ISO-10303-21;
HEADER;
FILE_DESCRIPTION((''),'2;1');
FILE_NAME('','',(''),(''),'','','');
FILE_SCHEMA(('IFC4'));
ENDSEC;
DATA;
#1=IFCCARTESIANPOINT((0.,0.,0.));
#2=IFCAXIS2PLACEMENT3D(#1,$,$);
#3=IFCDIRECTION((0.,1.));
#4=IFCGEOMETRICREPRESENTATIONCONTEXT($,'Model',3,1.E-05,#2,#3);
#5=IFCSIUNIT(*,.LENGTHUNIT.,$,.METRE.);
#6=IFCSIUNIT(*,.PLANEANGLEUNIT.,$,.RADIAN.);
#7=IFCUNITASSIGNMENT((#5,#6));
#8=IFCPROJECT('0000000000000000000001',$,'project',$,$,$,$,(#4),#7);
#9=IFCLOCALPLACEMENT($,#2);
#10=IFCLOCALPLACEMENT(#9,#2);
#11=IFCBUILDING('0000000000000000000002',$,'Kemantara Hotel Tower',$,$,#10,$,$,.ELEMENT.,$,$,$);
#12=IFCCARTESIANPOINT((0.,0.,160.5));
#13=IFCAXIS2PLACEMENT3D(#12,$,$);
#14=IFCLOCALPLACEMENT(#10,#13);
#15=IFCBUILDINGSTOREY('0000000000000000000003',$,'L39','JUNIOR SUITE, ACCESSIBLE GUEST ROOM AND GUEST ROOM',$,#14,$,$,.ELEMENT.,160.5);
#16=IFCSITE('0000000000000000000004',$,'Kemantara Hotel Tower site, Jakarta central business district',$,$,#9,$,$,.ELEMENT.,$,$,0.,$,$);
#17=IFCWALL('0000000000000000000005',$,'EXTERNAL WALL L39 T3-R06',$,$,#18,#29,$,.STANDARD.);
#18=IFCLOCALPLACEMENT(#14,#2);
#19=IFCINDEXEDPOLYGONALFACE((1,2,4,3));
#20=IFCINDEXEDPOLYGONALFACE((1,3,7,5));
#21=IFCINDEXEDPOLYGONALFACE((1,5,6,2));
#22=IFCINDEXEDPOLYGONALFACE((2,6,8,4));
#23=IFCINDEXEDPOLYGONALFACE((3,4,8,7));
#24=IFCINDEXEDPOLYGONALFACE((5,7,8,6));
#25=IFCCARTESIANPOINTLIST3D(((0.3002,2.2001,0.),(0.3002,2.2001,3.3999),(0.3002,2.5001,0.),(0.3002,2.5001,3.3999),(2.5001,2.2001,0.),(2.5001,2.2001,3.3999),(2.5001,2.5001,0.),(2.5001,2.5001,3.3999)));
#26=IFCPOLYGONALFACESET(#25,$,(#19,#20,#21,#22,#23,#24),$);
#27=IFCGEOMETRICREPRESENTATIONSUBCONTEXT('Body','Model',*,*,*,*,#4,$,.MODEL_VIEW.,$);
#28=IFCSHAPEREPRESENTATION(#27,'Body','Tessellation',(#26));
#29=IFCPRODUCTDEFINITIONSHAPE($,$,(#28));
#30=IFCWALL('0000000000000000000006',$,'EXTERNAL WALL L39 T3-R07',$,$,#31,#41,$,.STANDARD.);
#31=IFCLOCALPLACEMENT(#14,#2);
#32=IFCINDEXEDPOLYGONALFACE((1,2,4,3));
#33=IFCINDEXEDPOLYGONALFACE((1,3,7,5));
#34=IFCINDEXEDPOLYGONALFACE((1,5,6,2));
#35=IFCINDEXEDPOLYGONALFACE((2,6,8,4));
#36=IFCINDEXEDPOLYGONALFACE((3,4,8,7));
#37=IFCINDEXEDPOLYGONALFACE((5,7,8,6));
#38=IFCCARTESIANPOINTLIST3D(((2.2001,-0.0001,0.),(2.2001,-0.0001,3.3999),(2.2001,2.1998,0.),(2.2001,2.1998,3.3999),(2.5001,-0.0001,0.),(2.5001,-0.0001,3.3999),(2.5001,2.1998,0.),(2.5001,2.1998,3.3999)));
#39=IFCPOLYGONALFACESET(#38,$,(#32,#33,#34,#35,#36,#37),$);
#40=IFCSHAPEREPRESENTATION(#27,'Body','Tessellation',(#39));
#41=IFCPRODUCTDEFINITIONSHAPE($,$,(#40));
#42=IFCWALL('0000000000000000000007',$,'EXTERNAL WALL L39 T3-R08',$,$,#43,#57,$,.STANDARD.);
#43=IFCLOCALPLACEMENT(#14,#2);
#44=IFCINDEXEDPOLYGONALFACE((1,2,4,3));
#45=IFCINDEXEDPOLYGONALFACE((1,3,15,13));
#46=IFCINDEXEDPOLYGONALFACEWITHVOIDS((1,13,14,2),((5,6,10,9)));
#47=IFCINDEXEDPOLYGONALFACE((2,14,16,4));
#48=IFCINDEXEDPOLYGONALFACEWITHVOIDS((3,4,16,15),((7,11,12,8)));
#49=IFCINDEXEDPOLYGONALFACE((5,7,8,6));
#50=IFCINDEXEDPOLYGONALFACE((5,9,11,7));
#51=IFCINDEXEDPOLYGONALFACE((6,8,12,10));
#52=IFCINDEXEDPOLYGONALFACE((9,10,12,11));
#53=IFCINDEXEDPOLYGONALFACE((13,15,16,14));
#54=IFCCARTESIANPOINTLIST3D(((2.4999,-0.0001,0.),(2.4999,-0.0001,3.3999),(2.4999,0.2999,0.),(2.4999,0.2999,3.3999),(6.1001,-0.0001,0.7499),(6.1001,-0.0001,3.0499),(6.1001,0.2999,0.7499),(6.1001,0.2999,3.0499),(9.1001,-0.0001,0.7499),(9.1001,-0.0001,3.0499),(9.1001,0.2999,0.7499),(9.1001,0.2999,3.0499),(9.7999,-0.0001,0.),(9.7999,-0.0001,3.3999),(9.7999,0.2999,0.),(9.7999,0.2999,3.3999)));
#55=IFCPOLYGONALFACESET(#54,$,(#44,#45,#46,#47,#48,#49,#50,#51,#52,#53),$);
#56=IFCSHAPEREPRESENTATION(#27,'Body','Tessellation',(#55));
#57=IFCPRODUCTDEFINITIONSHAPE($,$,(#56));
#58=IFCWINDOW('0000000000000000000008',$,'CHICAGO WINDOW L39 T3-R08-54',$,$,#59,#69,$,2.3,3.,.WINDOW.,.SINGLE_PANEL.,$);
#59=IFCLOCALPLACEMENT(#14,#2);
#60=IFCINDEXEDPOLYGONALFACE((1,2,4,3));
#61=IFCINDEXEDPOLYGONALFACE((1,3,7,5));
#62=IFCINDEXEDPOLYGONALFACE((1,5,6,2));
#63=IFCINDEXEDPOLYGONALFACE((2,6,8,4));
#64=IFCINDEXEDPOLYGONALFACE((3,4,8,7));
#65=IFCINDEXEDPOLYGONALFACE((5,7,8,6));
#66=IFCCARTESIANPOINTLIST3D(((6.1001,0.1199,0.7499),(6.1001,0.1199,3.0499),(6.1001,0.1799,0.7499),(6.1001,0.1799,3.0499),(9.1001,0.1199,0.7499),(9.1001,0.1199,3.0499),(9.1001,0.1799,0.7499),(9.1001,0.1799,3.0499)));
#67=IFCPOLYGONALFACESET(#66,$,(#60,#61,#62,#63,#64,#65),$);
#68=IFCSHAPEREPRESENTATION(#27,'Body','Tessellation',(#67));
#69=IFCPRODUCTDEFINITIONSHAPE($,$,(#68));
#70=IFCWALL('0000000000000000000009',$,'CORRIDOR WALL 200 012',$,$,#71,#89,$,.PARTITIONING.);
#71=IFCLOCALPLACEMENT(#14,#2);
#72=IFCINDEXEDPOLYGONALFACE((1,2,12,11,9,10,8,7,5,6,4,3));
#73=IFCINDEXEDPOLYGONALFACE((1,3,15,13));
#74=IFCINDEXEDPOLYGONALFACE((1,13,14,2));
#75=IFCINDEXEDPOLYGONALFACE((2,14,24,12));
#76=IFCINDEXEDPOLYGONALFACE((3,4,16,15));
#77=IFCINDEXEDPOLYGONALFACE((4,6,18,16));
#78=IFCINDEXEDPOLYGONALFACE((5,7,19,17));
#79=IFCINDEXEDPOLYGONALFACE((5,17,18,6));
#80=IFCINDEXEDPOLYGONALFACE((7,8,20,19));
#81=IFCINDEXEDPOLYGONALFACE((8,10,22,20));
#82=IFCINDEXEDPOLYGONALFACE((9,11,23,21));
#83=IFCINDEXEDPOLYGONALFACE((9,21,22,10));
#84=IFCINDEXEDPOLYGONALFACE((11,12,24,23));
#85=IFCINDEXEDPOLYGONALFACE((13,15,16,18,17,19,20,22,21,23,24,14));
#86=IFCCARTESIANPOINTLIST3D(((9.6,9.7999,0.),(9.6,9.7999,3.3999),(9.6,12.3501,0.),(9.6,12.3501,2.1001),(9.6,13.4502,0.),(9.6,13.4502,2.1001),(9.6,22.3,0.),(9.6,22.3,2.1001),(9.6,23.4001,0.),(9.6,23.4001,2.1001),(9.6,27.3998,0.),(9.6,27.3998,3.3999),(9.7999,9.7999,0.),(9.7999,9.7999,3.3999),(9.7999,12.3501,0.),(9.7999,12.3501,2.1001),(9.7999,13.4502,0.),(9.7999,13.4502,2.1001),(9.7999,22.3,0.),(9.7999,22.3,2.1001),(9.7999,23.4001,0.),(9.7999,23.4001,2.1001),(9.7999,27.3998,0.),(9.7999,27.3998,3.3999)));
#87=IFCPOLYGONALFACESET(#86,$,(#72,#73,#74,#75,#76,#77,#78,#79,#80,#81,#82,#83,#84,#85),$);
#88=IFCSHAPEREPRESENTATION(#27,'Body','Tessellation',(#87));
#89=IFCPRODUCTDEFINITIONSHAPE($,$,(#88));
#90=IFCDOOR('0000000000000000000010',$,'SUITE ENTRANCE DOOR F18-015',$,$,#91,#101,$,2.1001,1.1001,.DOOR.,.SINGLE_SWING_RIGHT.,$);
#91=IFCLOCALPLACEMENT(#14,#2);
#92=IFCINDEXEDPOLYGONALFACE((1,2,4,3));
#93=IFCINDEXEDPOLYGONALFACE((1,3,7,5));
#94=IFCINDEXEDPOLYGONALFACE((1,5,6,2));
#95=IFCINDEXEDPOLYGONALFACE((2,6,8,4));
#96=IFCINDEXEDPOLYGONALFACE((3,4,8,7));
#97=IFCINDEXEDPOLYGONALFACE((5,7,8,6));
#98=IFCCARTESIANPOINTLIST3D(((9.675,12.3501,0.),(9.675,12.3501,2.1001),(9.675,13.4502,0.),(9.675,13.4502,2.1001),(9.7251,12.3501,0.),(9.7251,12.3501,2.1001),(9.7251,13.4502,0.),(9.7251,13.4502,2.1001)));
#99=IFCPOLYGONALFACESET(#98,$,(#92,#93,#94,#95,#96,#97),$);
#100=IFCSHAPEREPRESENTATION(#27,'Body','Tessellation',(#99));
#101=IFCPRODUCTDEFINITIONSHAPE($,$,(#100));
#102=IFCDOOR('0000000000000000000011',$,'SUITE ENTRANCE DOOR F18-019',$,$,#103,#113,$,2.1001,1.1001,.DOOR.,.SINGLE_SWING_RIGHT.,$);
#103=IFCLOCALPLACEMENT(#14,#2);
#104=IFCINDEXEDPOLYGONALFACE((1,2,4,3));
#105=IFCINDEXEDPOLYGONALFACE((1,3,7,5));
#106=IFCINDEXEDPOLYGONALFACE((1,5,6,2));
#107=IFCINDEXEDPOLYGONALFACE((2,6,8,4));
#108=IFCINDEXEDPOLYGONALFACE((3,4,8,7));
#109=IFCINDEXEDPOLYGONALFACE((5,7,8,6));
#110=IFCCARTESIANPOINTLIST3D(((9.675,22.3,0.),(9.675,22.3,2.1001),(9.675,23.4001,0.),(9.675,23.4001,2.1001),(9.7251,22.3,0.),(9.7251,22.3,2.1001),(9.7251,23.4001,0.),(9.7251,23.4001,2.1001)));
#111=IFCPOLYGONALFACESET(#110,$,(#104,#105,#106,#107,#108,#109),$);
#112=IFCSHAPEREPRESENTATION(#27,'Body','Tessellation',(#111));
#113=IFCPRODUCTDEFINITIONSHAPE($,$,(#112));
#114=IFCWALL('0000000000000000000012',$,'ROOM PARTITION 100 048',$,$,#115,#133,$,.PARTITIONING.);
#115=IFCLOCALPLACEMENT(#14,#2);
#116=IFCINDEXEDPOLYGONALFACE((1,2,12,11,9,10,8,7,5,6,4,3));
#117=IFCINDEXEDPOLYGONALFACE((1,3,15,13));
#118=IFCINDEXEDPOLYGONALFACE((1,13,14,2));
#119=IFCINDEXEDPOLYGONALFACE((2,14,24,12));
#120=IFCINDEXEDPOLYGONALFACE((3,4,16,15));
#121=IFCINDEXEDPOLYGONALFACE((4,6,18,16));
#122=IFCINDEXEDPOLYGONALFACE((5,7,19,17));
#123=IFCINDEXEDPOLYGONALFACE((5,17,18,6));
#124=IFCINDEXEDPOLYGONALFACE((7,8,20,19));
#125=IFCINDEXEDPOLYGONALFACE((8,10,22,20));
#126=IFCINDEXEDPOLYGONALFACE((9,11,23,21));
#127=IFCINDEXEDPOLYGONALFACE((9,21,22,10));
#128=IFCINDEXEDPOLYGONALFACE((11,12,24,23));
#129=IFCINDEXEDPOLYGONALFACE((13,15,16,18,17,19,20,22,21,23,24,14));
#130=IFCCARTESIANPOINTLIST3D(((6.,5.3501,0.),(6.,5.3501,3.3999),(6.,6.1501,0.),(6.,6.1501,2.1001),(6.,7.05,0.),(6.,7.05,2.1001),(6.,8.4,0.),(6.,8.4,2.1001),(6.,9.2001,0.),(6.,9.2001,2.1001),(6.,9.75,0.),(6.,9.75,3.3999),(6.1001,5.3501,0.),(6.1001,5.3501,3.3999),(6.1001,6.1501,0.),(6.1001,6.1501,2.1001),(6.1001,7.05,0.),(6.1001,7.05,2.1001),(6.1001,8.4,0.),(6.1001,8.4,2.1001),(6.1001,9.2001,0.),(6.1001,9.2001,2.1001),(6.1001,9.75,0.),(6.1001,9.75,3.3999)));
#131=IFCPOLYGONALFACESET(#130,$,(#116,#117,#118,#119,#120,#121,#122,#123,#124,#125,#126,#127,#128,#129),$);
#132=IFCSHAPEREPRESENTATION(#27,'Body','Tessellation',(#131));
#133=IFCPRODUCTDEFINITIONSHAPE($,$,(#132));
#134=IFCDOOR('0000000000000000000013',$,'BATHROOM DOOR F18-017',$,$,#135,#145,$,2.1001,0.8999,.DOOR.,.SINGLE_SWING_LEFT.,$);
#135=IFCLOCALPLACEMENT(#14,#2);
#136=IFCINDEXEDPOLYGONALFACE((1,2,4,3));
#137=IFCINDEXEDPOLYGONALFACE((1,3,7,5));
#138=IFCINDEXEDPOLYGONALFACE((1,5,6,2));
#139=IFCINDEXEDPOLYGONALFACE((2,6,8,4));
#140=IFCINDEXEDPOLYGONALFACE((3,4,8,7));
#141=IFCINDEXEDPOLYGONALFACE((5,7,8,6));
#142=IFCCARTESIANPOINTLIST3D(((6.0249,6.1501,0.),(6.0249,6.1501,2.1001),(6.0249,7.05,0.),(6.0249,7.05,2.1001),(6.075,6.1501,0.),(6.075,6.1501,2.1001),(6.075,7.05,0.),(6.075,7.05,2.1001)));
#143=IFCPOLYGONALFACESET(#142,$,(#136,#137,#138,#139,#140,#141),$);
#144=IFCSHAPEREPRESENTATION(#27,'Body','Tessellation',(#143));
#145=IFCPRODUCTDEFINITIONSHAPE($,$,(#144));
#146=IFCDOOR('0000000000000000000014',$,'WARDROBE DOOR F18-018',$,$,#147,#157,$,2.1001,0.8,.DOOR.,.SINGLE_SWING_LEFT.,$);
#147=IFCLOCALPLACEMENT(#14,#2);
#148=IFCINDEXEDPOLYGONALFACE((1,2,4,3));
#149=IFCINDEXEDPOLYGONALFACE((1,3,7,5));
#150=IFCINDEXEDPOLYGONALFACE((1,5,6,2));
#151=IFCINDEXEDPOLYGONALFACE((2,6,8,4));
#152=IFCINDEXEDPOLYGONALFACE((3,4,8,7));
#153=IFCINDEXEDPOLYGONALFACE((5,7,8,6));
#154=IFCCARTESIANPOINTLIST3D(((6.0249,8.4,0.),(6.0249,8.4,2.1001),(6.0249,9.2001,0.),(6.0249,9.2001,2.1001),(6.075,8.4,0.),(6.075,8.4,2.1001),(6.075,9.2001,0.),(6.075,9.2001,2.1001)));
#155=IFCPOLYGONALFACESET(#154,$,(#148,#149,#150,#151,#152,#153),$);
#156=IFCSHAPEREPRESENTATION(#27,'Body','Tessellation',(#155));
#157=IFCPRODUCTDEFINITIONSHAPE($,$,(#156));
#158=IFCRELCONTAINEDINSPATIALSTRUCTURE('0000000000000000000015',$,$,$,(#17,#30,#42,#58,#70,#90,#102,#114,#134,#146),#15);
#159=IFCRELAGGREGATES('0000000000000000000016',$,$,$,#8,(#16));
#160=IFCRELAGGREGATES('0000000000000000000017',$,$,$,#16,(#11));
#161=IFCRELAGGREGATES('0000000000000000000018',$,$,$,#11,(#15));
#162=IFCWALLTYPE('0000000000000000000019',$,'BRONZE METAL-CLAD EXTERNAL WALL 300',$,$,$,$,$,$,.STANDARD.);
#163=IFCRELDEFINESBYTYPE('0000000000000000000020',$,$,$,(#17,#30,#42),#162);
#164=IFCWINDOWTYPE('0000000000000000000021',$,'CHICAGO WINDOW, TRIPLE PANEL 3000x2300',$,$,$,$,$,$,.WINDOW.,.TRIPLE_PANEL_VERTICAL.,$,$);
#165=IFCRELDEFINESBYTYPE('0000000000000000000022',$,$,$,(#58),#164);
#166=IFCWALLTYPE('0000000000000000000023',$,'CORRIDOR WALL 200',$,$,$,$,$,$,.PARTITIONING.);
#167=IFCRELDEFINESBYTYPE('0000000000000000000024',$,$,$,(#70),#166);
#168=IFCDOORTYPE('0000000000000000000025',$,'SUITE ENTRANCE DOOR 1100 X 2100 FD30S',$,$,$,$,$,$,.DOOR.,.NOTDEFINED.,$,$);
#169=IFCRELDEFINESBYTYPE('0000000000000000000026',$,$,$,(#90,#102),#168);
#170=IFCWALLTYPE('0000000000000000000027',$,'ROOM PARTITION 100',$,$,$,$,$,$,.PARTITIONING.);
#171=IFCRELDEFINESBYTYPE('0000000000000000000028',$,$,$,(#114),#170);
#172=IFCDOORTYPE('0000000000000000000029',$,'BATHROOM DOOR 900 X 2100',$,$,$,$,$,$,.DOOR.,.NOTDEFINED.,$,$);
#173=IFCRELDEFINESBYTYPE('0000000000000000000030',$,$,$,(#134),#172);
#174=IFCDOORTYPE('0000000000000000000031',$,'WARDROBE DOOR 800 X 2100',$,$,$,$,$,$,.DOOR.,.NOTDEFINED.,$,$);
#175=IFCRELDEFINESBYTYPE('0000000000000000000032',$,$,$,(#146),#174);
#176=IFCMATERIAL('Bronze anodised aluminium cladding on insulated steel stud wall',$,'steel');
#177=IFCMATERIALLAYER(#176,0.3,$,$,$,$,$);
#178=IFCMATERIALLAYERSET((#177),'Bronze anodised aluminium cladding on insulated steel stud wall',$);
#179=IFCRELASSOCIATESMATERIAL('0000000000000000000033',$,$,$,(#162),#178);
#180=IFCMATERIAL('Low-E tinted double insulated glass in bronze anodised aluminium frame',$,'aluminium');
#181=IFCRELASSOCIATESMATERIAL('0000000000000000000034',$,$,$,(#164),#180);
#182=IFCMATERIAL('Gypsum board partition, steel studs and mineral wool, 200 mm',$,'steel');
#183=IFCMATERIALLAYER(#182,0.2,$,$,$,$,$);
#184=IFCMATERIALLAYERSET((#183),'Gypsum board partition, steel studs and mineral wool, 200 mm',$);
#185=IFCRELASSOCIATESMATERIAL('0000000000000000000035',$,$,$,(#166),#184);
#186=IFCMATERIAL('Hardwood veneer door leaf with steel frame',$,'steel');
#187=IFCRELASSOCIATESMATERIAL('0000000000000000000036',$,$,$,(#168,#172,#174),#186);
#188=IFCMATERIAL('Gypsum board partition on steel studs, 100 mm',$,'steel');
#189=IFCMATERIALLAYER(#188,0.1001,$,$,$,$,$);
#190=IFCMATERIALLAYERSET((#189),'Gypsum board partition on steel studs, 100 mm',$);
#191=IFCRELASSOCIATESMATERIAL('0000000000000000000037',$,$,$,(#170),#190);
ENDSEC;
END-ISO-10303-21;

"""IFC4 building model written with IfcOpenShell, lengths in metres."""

from ifc_helpers import new_model, si_unit, direction, frame, frame_2d, origin, place, context, subcontext, project, spatial, rectangle, extrude, material, layer, layer_set, type_object, element, fill, save


model = new_model("IFC4")

# Units and contexts
model_context = context("Model", 3, precision=1e-05, world=origin(), true_north=direction((0.0, 1.0)))
body_context = subcontext(model_context, "Body", "Model", "MODEL_VIEW")
ifc_project = project(units=[si_unit("LENGTHUNIT", "METRE"), si_unit("PLANEANGLEUNIT", "RADIAN")], contexts=[model_context])

# Site, building, storey
site_placement = place(None, origin())
site = spatial("IfcSite", under=ifc_project, at=site_placement, Name="Kemantara Hotel Tower site, Jakarta central business district", CompositionType="ELEMENT", RefElevation=0.0)
building_placement = place(site_placement, origin())
building = spatial("IfcBuilding", under=site, at=building_placement, Name="Kemantara Hotel Tower", CompositionType="ELEMENT")
storey_placement = place(building_placement, frame((0.0, 0.0, 160.5)))
storey = spatial("IfcBuildingStorey", under=building, at=storey_placement, Name="L39", Description="JUNIOR SUITE, ACCESSIBLE GUEST ROOM AND GUEST ROOM", CompositionType="ELEMENT", Elevation=160.5)

# Walls
ifc_material_1 = material(Name="Bronze anodised aluminium cladding on insulated steel stud wall", Category="steel")
ifc_layer_1 = layer(ifc_material_1, 0.3)
ifc_layer_set_1 = layer_set([ifc_layer_1], Name="Bronze anodised aluminium cladding on insulated steel stud wall")
wall_type_1 = type_object("IfcWallType", Name="BRONZE METAL-CLAD EXTERNAL WALL 300", PredefinedType="STANDARD", material=ifc_layer_set_1)
for number, where, z_axis, x_axis, name in (
    (1, (0.3, 2.3501, 0.0), (0.0, 0.0, 1.0), (1.0, 0.0, 0.0), "EXTERNAL WALL L39 T3-R06"),
    (2, (2.3501, 2.2, 0.0), (0.0, 0.0, 1.0), (0.0, -1.0, 0.0), "EXTERNAL WALL L39 T3-R07"),
):
    element("IfcWall", number, at=place(storey_placement, frame(where, z_axis=z_axis, x_axis=x_axis)), inside=storey, type_object=wall_type_1, Name=name, PredefinedType="STANDARD", context=body_context, shape_type="SweptSolid", body=[
        extrude(rectangle(XDim=2.2, YDim=0.3, at=frame_2d((1.1001, 0.0))), origin(), (0.0, 0.0, 1.0), 3.3999),
    ])

# Wall, opening, window
wall_1_placement = place(storey_placement, frame((2.5, 0.1499, 0.0), z_axis=(0.0, 0.0, 1.0), x_axis=(1.0, 0.0, 0.0)))
wall_1 = element("IfcWall", 3, at=wall_1_placement, inside=storey, type_object=wall_type_1, Name="EXTERNAL WALL L39 T3-R08", PredefinedType="STANDARD", context=body_context, shape_type="SweptSolid", body=[
    extrude(rectangle(XDim=7.3, YDim=0.3, at=frame_2d((3.6499, 0.0))), origin(), (0.0, 0.0, 1.0), 3.3999),
])
opening_1_placement = place(wall_1_placement, frame((3.6001, 0.0, 0.75)))
opening_1 = element("IfcOpeningElement", 4, at=opening_1_placement, cuts=wall_1, PredefinedType="OPENING", context=body_context, shape_type="SweptSolid", body=[
    extrude(rectangle(XDim=3.0, YDim=2.3, at=frame_2d((1.5, 1.1499))), frame((0.0, 0.1599, 0.0), z_axis=(0.0, -1.0, 0.0), x_axis=(1.0, 0.0, 0.0)), (0.0, 0.0, 1.0), 0.3201),
])
ifc_material_2 = material(Name="Low-E tinted double insulated glass in bronze anodised aluminium frame", Category="aluminium")
window_type = type_object("IfcWindowType", Name="CHICAGO WINDOW, TRIPLE PANEL 3000x2300", PartitioningType="TRIPLE_PANEL_VERTICAL", PredefinedType="WINDOW", material=ifc_material_2)
window_placement = place(opening_1_placement, origin())
window = element("IfcWindow", 5, at=window_placement, inside=storey, type_object=window_type, Name="CHICAGO WINDOW L39 T3-R08-54", OverallHeight=2.3, OverallWidth=3.0, PartitioningType="SINGLE_PANEL", PredefinedType="WINDOW", context=body_context, shape_type="SweptSolid", body=[
    extrude(rectangle(XDim=3.0, YDim=2.3, at=frame_2d((1.5, 1.1499))), frame((0.0, 0.03, 0.0), z_axis=(0.0, -1.0, 0.0), x_axis=(1.0, 0.0, 0.0)), (0.0, 0.0, 1.0), 0.0601),
])
fill(opening_1, window)

# Walls, openings, doors
ifc_material_3 = material(Name="Gypsum board partition, steel studs and mineral wool, 200 mm", Category="steel")
ifc_layer_2 = layer(ifc_material_3, 0.2)
ifc_layer_set_2 = layer_set([ifc_layer_2], Name="Gypsum board partition, steel studs and mineral wool, 200 mm")
wall_type_2 = type_object("IfcWallType", Name="CORRIDOR WALL 200", PredefinedType="PARTITIONING", material=ifc_layer_set_2)
wall_2_placement = place(storey_placement, frame((9.7, 9.8, 0.0), z_axis=(0.0, 0.0, 1.0), x_axis=(0.0, 1.0, 0.0)))
wall_2 = element("IfcWall", 6, at=wall_2_placement, inside=storey, type_object=wall_type_2, Name="CORRIDOR WALL 200 012", PredefinedType="PARTITIONING", context=body_context, shape_type="SweptSolid", body=[
    extrude(rectangle(XDim=17.5999, YDim=0.2, at=frame_2d((8.7998, 0.0))), origin(), (0.0, 0.0, 1.0), 3.3999),
])
opening_2_placement = place(wall_2_placement, frame((2.55, 0.0, 0.0)))
opening_2 = element("IfcOpeningElement", 7, at=opening_2_placement, cuts=wall_2, PredefinedType="OPENING", context=body_context, shape_type="SweptSolid", body=[
    extrude(rectangle(XDim=1.1001, YDim=2.1001, at=frame_2d((0.55, 1.05))), frame((0.0, 0.1099, 0.0), z_axis=(0.0, -1.0, 0.0), x_axis=(1.0, 0.0, 0.0)), (0.0, 0.0, 1.0), 0.22),
])
opening_3_placement = place(wall_2_placement, frame((12.5, 0.0, 0.0)))
opening_3 = element("IfcOpeningElement", 8, at=opening_3_placement, cuts=wall_2, PredefinedType="OPENING", context=body_context, shape_type="SweptSolid", body=[
    extrude(rectangle(XDim=1.1001, YDim=2.1001, at=frame_2d((0.55, 1.05))), frame((0.0, 0.1099, 0.0), z_axis=(0.0, -1.0, 0.0), x_axis=(1.0, 0.0, 0.0)), (0.0, 0.0, 1.0), 0.22),
])
ifc_material_4 = material(Name="Hardwood veneer door leaf with steel frame", Category="steel")
door_type_1 = type_object("IfcDoorType", Name="SUITE ENTRANCE DOOR 1100 X 2100 FD30S", OperationType="NOTDEFINED", PredefinedType="DOOR", material=ifc_material_4)
door_1_placement = place(opening_2_placement, origin())
door_1 = element("IfcDoor", 9, at=door_1_placement, inside=storey, type_object=door_type_1, Name="SUITE ENTRANCE DOOR F18-015", OperationType="SINGLE_SWING_RIGHT", OverallHeight=2.1001, OverallWidth=1.1001, PredefinedType="DOOR", context=body_context, shape_type="SweptSolid", body=[
    extrude(rectangle(XDim=1.1001, YDim=2.1001, at=frame_2d((0.55, 1.05))), frame((0.0, 0.0249, 0.0), z_axis=(0.0, -1.0, 0.0), x_axis=(1.0, 0.0, 0.0)), (0.0, 0.0, 1.0), 0.05),
])
fill(opening_2, door_1)
door_2_placement = place(opening_3_placement, origin())
door_2 = element("IfcDoor", 10, at=door_2_placement, inside=storey, type_object=door_type_1, Name="SUITE ENTRANCE DOOR F18-019", OperationType="SINGLE_SWING_RIGHT", OverallHeight=2.1001, OverallWidth=1.1001, PredefinedType="DOOR", context=body_context, shape_type="SweptSolid", body=[
    extrude(rectangle(XDim=1.1001, YDim=2.1001, at=frame_2d((0.55, 1.05))), frame((0.0, 0.0249, 0.0), z_axis=(0.0, -1.0, 0.0), x_axis=(1.0, 0.0, 0.0)), (0.0, 0.0, 1.0), 0.05),
])
fill(opening_3, door_2)
ifc_material_5 = material(Name="Gypsum board partition on steel studs, 100 mm", Category="steel")
ifc_layer_3 = layer(ifc_material_5, 0.1001)
ifc_layer_set_3 = layer_set([ifc_layer_3], Name="Gypsum board partition on steel studs, 100 mm")
wall_type_3 = type_object("IfcWallType", Name="ROOM PARTITION 100", PredefinedType="PARTITIONING", material=ifc_layer_set_3)
wall_3_placement = place(storey_placement, frame((6.05, 9.75, 0.0), z_axis=(0.0, 0.0, 1.0), x_axis=(0.0, -1.0, 0.0)))
wall_3 = element("IfcWall", 11, at=wall_3_placement, inside=storey, type_object=wall_type_3, Name="ROOM PARTITION 100 048", PredefinedType="PARTITIONING", context=body_context, shape_type="SweptSolid", body=[
    extrude(rectangle(XDim=4.3999, YDim=0.1001, at=frame_2d((2.2, 0.0))), origin(), (0.0, 0.0, 1.0), 3.3999),
])
opening_4_placement = place(wall_3_placement, frame((2.7, 0.0, 0.0)))
opening_4 = element("IfcOpeningElement", 12, at=opening_4_placement, cuts=wall_3, PredefinedType="OPENING", context=body_context, shape_type="SweptSolid", body=[
    extrude(rectangle(XDim=0.8999, YDim=2.1001, at=frame_2d((0.45, 1.05))), frame((0.0, 0.0601, 0.0), z_axis=(0.0, -1.0, 0.0), x_axis=(1.0, 0.0, 0.0)), (0.0, 0.0, 1.0), 0.1201),
])
opening_5_placement = place(wall_3_placement, frame((0.55, 0.0, 0.0)))
opening_5 = element("IfcOpeningElement", 13, at=opening_5_placement, cuts=wall_3, PredefinedType="OPENING", context=body_context, shape_type="SweptSolid", body=[
    extrude(rectangle(XDim=0.8, YDim=2.1001, at=frame_2d((0.3999, 1.05))), frame((0.0, 0.0601, 0.0), z_axis=(0.0, -1.0, 0.0), x_axis=(1.0, 0.0, 0.0)), (0.0, 0.0, 1.0), 0.1201),
])
door_type_2 = type_object("IfcDoorType", Name="BATHROOM DOOR 900 X 2100", OperationType="NOTDEFINED", PredefinedType="DOOR", material=ifc_material_4)
door_3_placement = place(opening_4_placement, origin())
door_3 = element("IfcDoor", 14, at=door_3_placement, inside=storey, type_object=door_type_2, Name="BATHROOM DOOR F18-017", OperationType="SINGLE_SWING_LEFT", OverallHeight=2.1001, OverallWidth=0.8999, PredefinedType="DOOR", context=body_context, shape_type="SweptSolid", body=[
    extrude(rectangle(XDim=0.8999, YDim=2.1001, at=frame_2d((0.45, 1.05))), frame((0.0, 0.0249, 0.0), z_axis=(0.0, -1.0, 0.0), x_axis=(1.0, 0.0, 0.0)), (0.0, 0.0, 1.0), 0.05),
])
fill(opening_4, door_3)
door_type_3 = type_object("IfcDoorType", Name="WARDROBE DOOR 800 X 2100", OperationType="NOTDEFINED", PredefinedType="DOOR", material=ifc_material_4)
door_4_placement = place(opening_5_placement, origin())
door_4 = element("IfcDoor", 15, at=door_4_placement, inside=storey, type_object=door_type_3, Name="WARDROBE DOOR F18-018", OperationType="SINGLE_SWING_LEFT", OverallHeight=2.1001, OverallWidth=0.8, PredefinedType="DOOR", context=body_context, shape_type="SweptSolid", body=[
    extrude(rectangle(XDim=0.8, YDim=2.1001, at=frame_2d((0.3999, 1.05))), frame((0.0, 0.0249, 0.0), z_axis=(0.0, -1.0, 0.0), x_axis=(1.0, 0.0, 0.0)), (0.0, 0.0, 1.0), 0.05),
])
fill(opening_5, door_4)

save(model, "model.ifc")
